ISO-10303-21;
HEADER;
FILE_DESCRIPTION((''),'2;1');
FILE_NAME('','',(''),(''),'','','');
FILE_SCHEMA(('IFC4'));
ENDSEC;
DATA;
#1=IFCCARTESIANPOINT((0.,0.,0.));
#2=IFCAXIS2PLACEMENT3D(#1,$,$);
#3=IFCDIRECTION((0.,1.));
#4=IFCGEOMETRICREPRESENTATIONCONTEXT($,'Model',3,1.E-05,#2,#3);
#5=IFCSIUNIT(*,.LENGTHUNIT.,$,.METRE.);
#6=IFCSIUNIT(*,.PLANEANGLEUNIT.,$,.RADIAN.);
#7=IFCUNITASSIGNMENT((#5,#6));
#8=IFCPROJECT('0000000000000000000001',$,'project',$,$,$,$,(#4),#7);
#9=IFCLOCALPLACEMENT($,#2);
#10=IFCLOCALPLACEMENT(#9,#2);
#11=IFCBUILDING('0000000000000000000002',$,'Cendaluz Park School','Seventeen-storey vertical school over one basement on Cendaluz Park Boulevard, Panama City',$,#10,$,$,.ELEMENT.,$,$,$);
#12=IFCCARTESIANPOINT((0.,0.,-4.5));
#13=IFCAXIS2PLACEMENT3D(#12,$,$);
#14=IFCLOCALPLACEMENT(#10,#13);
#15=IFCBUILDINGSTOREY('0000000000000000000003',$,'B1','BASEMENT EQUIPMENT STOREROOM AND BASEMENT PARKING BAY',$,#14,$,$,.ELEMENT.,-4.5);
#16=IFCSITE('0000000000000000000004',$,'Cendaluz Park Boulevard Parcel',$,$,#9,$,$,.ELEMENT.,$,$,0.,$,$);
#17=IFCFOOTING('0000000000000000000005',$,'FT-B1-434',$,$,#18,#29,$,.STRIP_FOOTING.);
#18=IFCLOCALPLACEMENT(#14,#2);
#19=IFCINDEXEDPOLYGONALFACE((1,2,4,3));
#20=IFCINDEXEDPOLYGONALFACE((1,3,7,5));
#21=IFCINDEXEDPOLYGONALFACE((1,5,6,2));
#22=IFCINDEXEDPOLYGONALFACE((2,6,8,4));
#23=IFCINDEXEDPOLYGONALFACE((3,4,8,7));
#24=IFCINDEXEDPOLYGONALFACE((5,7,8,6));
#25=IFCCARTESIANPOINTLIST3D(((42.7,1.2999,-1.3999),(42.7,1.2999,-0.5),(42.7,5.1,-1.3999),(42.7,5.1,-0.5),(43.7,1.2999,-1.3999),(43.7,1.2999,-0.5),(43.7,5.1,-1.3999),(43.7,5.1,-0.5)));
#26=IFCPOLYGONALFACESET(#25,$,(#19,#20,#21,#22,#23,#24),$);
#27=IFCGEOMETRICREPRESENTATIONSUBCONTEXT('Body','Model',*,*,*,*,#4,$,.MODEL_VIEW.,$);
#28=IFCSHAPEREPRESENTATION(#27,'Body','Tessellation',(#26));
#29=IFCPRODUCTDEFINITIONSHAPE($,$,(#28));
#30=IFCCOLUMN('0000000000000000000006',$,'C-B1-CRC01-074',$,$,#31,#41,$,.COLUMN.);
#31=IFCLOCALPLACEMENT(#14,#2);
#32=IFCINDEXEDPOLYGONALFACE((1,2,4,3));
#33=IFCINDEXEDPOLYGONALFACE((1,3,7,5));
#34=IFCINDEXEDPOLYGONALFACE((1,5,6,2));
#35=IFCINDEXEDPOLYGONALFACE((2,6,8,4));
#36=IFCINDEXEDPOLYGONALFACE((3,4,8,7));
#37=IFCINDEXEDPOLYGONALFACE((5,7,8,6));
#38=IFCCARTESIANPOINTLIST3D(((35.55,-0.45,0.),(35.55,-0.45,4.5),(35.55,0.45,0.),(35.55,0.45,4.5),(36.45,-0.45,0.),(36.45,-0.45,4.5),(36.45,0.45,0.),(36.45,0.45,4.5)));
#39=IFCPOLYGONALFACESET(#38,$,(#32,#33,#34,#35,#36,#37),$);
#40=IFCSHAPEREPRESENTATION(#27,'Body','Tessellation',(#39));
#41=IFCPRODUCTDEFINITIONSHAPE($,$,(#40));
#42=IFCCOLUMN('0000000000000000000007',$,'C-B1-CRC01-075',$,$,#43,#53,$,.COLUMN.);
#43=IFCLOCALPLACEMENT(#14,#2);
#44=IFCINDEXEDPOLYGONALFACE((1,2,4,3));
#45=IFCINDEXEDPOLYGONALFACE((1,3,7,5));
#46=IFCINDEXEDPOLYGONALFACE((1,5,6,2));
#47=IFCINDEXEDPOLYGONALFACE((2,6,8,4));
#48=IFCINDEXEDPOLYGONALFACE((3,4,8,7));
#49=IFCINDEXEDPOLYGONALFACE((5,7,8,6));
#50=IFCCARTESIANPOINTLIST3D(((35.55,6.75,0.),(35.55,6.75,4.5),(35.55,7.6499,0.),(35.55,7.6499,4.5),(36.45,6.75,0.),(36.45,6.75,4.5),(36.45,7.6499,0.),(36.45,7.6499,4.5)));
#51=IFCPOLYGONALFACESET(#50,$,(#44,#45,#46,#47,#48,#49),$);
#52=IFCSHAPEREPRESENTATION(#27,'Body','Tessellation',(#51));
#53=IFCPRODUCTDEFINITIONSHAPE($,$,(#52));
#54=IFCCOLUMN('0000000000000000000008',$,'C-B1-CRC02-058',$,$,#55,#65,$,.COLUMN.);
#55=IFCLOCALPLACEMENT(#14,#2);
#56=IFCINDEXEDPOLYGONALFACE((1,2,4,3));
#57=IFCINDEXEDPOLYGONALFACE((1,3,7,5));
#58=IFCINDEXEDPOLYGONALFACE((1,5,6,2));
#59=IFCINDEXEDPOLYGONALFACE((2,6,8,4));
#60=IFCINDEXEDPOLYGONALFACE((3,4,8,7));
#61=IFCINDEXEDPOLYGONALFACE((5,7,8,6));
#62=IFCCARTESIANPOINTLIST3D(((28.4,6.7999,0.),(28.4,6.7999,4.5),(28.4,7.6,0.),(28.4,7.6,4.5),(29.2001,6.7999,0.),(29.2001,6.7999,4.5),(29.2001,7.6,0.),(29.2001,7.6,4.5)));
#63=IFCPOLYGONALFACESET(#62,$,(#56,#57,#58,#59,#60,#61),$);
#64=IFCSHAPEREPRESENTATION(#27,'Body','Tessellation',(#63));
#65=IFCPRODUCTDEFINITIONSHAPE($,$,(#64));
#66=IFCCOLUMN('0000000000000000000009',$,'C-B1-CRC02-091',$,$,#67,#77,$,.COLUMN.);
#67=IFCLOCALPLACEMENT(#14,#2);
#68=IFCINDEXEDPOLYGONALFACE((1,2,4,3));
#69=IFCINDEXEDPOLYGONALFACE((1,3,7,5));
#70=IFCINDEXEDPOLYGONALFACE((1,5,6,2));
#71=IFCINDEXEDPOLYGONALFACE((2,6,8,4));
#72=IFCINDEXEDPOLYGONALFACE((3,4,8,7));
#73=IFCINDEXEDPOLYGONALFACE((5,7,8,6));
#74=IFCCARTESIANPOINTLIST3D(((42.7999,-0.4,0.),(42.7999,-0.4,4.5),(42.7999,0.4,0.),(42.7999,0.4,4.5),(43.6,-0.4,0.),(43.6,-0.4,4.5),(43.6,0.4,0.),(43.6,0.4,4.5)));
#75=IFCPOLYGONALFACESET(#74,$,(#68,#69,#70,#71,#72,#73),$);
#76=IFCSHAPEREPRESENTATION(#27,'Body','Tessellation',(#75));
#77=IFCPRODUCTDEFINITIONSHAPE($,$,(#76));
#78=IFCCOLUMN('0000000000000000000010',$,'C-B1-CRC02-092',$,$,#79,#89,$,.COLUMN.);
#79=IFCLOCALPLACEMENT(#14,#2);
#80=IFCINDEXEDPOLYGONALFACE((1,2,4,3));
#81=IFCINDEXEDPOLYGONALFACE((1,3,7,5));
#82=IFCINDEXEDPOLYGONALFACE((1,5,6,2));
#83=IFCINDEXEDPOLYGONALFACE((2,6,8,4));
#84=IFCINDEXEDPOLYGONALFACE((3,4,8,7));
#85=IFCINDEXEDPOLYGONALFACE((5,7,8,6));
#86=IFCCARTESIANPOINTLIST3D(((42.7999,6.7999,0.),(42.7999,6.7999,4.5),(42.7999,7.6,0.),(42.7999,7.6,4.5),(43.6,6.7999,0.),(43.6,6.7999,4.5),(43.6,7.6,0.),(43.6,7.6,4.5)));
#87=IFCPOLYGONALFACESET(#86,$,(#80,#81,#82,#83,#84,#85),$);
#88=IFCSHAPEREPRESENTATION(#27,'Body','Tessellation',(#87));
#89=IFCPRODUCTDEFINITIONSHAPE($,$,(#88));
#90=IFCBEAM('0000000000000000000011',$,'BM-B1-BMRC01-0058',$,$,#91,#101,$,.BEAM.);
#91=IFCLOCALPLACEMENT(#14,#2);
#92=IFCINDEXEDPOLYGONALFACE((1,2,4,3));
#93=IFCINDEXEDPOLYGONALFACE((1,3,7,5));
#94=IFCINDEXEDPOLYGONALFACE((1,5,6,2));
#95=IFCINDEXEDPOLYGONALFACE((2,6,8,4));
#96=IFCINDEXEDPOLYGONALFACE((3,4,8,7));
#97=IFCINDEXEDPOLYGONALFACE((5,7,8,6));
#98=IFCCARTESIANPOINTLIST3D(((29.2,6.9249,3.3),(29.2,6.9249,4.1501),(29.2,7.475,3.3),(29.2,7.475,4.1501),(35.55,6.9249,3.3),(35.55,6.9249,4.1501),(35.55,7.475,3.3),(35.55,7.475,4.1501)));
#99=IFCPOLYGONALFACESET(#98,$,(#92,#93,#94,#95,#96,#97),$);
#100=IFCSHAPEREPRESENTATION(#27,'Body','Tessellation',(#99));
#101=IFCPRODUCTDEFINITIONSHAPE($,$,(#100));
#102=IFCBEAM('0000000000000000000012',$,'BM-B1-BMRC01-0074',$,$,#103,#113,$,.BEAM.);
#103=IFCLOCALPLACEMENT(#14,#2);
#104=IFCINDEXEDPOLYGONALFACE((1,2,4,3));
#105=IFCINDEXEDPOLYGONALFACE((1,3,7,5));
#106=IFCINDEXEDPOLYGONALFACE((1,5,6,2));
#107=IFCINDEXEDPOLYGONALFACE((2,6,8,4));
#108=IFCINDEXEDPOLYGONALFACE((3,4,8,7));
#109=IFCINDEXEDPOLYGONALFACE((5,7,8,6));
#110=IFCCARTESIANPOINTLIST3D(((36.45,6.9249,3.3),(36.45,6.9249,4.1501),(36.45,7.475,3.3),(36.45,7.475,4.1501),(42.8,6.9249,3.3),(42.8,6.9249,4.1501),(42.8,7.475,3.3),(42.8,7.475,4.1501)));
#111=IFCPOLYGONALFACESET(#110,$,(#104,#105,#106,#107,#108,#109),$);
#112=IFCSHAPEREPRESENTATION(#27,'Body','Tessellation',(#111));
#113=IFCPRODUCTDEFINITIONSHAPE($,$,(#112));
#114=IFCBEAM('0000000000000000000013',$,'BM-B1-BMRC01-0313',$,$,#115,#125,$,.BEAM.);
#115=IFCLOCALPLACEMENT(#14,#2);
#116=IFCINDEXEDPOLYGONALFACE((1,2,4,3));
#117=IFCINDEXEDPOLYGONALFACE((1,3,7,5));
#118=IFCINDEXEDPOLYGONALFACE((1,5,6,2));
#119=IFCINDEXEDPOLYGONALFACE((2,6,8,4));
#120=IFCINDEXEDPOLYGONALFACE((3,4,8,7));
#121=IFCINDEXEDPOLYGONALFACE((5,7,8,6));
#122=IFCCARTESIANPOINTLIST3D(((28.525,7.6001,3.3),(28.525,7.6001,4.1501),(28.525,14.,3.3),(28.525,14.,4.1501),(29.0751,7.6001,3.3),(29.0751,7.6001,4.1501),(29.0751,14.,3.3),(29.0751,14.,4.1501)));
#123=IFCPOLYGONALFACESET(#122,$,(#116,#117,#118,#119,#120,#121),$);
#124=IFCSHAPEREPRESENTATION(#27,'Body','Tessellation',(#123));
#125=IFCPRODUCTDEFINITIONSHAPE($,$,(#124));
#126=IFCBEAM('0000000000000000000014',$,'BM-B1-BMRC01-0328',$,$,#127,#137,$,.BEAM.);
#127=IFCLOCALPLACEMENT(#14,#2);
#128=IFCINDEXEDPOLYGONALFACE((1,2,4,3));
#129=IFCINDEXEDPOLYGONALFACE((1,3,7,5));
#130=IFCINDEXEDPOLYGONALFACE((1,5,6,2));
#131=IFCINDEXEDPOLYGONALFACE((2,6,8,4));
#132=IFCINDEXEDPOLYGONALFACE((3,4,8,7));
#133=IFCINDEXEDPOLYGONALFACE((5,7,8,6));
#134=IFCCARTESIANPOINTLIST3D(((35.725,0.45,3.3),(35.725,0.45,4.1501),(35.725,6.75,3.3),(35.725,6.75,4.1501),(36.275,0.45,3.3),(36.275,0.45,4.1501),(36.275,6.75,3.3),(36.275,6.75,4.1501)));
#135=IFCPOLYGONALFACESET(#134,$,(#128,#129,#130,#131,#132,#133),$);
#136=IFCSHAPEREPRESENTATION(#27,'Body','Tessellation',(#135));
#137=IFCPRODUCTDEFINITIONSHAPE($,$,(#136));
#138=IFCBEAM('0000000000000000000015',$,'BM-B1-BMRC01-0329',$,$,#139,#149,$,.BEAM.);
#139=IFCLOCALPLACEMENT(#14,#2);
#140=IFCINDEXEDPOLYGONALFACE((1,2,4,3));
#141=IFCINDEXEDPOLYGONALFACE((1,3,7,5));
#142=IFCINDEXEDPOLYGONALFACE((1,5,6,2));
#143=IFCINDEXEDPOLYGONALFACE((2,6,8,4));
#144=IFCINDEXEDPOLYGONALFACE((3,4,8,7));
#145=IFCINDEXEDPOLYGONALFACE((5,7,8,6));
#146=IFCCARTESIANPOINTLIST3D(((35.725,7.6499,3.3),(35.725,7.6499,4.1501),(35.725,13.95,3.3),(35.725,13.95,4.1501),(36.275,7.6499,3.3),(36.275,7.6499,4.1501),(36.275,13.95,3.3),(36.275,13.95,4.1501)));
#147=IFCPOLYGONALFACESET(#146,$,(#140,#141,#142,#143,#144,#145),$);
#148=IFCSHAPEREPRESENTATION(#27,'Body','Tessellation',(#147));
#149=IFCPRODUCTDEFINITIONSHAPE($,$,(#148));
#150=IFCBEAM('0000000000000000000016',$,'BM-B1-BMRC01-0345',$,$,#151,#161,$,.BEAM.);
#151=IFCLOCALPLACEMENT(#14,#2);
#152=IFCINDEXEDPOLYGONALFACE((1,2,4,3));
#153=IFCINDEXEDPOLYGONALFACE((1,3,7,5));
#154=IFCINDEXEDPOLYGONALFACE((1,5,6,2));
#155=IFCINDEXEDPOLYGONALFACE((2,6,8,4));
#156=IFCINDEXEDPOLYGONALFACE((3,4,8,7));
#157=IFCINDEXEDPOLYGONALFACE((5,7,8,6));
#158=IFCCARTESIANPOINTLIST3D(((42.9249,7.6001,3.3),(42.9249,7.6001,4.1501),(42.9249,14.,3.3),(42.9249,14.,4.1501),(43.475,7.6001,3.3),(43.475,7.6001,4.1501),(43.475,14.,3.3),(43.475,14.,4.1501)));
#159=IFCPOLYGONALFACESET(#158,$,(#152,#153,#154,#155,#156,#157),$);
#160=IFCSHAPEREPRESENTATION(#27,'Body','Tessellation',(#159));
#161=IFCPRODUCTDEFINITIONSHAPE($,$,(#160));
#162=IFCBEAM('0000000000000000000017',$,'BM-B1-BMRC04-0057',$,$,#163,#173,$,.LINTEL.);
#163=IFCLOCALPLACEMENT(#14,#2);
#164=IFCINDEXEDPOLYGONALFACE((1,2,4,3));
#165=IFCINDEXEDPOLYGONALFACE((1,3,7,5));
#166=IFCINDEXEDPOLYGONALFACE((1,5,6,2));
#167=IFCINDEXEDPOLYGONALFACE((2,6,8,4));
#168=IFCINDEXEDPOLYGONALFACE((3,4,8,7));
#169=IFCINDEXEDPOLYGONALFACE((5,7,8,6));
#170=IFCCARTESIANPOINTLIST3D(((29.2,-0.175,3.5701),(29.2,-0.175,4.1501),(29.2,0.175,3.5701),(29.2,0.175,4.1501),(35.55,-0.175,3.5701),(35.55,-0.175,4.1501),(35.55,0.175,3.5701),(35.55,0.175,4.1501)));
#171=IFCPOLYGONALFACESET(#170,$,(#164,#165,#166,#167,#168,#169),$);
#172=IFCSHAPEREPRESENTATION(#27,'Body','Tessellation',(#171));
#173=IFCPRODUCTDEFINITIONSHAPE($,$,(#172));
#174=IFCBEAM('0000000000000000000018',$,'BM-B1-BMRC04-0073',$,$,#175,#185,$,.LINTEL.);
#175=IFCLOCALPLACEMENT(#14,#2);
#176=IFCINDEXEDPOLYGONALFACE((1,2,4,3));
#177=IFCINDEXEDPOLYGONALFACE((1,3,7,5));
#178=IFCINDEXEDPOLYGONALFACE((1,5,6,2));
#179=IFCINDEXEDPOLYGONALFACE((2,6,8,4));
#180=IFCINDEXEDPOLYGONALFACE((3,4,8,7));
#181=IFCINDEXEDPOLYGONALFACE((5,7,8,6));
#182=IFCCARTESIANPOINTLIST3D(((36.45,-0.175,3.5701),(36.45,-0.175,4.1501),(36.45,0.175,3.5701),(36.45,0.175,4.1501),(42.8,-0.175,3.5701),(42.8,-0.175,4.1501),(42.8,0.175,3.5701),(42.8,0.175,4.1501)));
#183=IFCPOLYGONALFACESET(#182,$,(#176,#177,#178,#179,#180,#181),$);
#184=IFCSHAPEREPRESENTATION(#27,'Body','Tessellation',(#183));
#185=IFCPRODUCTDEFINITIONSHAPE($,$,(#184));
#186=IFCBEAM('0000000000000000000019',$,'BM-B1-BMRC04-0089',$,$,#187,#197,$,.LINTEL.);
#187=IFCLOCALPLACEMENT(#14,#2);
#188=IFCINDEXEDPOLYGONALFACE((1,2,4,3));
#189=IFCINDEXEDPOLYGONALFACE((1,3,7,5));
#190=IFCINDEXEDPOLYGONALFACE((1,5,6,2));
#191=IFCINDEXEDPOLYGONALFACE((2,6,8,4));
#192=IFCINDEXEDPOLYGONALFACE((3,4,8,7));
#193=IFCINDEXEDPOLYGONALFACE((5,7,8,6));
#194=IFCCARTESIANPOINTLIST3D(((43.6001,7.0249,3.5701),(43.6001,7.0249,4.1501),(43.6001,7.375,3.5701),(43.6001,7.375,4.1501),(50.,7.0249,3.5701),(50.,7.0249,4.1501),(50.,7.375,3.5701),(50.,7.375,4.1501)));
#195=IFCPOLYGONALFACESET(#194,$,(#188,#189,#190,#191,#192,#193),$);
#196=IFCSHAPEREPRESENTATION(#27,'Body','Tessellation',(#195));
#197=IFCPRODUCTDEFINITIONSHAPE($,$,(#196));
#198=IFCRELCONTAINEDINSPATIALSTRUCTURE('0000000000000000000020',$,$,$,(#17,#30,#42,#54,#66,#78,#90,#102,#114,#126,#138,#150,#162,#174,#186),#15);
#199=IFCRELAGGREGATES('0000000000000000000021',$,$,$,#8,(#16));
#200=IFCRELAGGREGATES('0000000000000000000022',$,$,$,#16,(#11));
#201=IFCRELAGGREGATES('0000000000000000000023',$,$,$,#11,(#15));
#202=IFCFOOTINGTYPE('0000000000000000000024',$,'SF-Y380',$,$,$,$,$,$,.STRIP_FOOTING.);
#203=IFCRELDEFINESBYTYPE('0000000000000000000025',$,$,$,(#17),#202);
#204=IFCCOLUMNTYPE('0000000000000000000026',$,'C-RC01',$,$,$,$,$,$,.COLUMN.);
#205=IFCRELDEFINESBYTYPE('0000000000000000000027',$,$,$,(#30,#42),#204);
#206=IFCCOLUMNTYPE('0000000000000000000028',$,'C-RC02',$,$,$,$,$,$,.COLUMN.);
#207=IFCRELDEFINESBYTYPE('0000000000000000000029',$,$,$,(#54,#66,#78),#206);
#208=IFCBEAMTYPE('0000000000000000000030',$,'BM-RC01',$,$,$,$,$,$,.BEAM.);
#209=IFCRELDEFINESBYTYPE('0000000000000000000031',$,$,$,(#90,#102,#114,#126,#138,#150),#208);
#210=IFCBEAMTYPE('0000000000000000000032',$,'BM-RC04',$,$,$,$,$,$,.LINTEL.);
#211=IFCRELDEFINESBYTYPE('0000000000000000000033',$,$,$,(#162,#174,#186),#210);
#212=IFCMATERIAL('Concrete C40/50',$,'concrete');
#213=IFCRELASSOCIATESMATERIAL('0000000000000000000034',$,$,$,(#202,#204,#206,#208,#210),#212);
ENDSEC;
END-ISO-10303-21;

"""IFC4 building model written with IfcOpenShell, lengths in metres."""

from ifc_helpers import new_model, si_unit, direction, frame, origin, origin_2d, place, context, subcontext, project, spatial, rectangle, extrude, material, material_profile, profile_set, type_object, element, save


model = new_model("IFC4")

# Units and contexts
model_context = context("Model", 3, precision=1e-05, world=origin(), true_north=direction((0.0, 1.0)))
body_context = subcontext(model_context, "Body", "Model", "MODEL_VIEW")
ifc_project = project(units=[si_unit("LENGTHUNIT", "METRE"), si_unit("PLANEANGLEUNIT", "RADIAN")], contexts=[model_context])

# Site, building, storey
site_placement = place(None, origin())
site = spatial("IfcSite", under=ifc_project, at=site_placement, Name="Cendaluz Park Boulevard Parcel", CompositionType="ELEMENT", RefElevation=0.0)
building_placement = place(site_placement, origin())
building = spatial("IfcBuilding", under=site, at=building_placement, Name="Cendaluz Park School", Description="Seventeen-storey vertical school over one basement on Cendaluz Park Boulevard, Panama City", CompositionType="ELEMENT")
storey_placement = place(building_placement, frame((0.0, 0.0, -4.5)))
storey = spatial("IfcBuildingStorey", under=building, at=storey_placement, Name="B1", Description="BASEMENT EQUIPMENT STOREROOM AND BASEMENT PARKING BAY", CompositionType="ELEMENT", Elevation=-4.5)

# Shared definitions
ifc_material_1 = material(Name="Concrete C40/50", Category="concrete")

# Footing
footing_type_1 = type_object("IfcFootingType", Name="SF-Y380", PredefinedType="STRIP_FOOTING", material=ifc_material_1)
footing_1_placement = place(storey_placement, frame((43.2, 3.2, -1.3999), z_axis=(0.0, 0.0, 1.0), x_axis=(1.0, 0.0, 0.0)))
element("IfcFooting", 1, at=footing_1_placement, inside=storey, type_object=footing_type_1, Name="FT-B1-434", PredefinedType="STRIP_FOOTING", context=body_context, shape_type="SweptSolid", body=[
    extrude(rectangle(XDim=1.0, YDim=3.8, at=origin_2d()), origin(), (0.0, 0.0, 1.0), 0.8999),
])

# Columns
ifc_material_profile_1 = material_profile(ifc_material_1, rectangle(XDim=0.8999, YDim=0.8999, at=origin_2d()), Name="RC 900x900", Category="concrete")
ifc_profile_set_1 = profile_set([ifc_material_profile_1], Name="Concrete C40/50")
column_type_1 = type_object("IfcColumnType", Name="C-RC01", PredefinedType="COLUMN", material=ifc_profile_set_1)
for number, where, z_axis, x_axis, name in (
    (2, (36.0, 0.0, 0.0), (0.0, 0.0, 1.0), (1.0, 0.0, 0.0), "C-B1-CRC01-074"),
    (3, (36.0, 7.2, 0.0), (0.0, 0.0, 1.0), (1.0, 0.0, 0.0), "C-B1-CRC01-075"),
):
    element("IfcColumn", number, at=place(storey_placement, frame(where, z_axis=z_axis, x_axis=x_axis)), inside=storey, type_object=column_type_1, Name=name, PredefinedType="COLUMN", context=body_context, shape_type="SweptSolid", body=[
        extrude(rectangle(XDim=0.8999, YDim=0.8999, at=origin_2d()), origin(), (0.0, 0.0, 1.0), 4.5),
    ])
ifc_material_profile_2 = material_profile(ifc_material_1, rectangle(XDim=0.8, YDim=0.8, at=origin_2d()), Name="RC 800x800", Category="concrete")
ifc_profile_set_2 = profile_set([ifc_material_profile_2], Name="Concrete C40/50")
column_type_2 = type_object("IfcColumnType", Name="C-RC02", PredefinedType="COLUMN", material=ifc_profile_set_2)
for number, where, z_axis, x_axis, name in (
    (4, (28.8, 7.2, 0.0), (0.0, 0.0, 1.0), (1.0, 0.0, 0.0), "C-B1-CRC02-058"),
    (5, (43.2, 0.0, 0.0), (0.0, 0.0, 1.0), (1.0, 0.0, 0.0), "C-B1-CRC02-091"),
    (6, (43.2, 7.2, 0.0), (0.0, 0.0, 1.0), (1.0, 0.0, 0.0), "C-B1-CRC02-092"),
):
    element("IfcColumn", number, at=place(storey_placement, frame(where, z_axis=z_axis, x_axis=x_axis)), inside=storey, type_object=column_type_2, Name=name, PredefinedType="COLUMN", context=body_context, shape_type="SweptSolid", body=[
        extrude(rectangle(XDim=0.8, YDim=0.8, at=origin_2d()), origin(), (0.0, 0.0, 1.0), 4.5),
    ])

# Beams
ifc_material_profile_3 = material_profile(ifc_material_1, rectangle(XDim=0.55, YDim=0.8501, at=origin_2d()), Name="RC 550x850", Category="concrete")
ifc_profile_set_3 = profile_set([ifc_material_profile_3], Name="Concrete C40/50")
beam_type_1 = type_object("IfcBeamType", Name="BM-RC01", PredefinedType="BEAM", material=ifc_profile_set_3)
for number, where, z_axis, x_axis, name in (
    (7, (29.2, 7.2, 3.7251), (1.0, 0.0, 0.0), (0.0, 1.0, 0.0), "BM-B1-BMRC01-0058"),
    (8, (36.45, 7.2, 3.7251), (1.0, 0.0, 0.0), (0.0, 1.0, 0.0), "BM-B1-BMRC01-0074"),
):
    element("IfcBeam", number, at=place(storey_placement, frame(where, z_axis=z_axis, x_axis=x_axis)), inside=storey, type_object=beam_type_1, Name=name, PredefinedType="BEAM", context=body_context, shape_type="SweptSolid", body=[
        extrude(rectangle(XDim=0.55, YDim=0.8501, at=origin_2d()), origin(), (0.0, 0.0, 1.0), 6.3501),
    ])
beam_1_placement = place(storey_placement, frame((28.8, 7.6001, 3.7251), z_axis=(0.0, 1.0, 0.0), x_axis=(-1.0, 0.0, 0.0)))
element("IfcBeam", 9, at=beam_1_placement, inside=storey, type_object=beam_type_1, Name="BM-B1-BMRC01-0313", PredefinedType="BEAM", context=body_context, shape_type="SweptSolid", body=[
    extrude(rectangle(XDim=0.55, YDim=0.8501, at=origin_2d()), origin(), (0.0, 0.0, 1.0), 6.3999),
])
for number, where, z_axis, x_axis, name in (
    (10, (36.0, 0.45, 3.7251), (0.0, 1.0, 0.0), (-1.0, 0.0, 0.0), "BM-B1-BMRC01-0328"),
    (11, (36.0, 7.6499, 3.7251), (0.0, 1.0, 0.0), (-1.0, 0.0, 0.0), "BM-B1-BMRC01-0329"),
):
    element("IfcBeam", number, at=place(storey_placement, frame(where, z_axis=z_axis, x_axis=x_axis)), inside=storey, type_object=beam_type_1, Name=name, PredefinedType="BEAM", context=body_context, shape_type="SweptSolid", body=[
        extrude(rectangle(XDim=0.55, YDim=0.8501, at=origin_2d()), origin(), (0.0, 0.0, 1.0), 6.3),
    ])
beam_2_placement = place(storey_placement, frame((43.2, 7.6001, 3.7251), z_axis=(0.0, 1.0, 0.0), x_axis=(-1.0, 0.0, 0.0)))
element("IfcBeam", 12, at=beam_2_placement, inside=storey, type_object=beam_type_1, Name="BM-B1-BMRC01-0345", PredefinedType="BEAM", context=body_context, shape_type="SweptSolid", body=[
    extrude(rectangle(XDim=0.55, YDim=0.8501, at=origin_2d()), origin(), (0.0, 0.0, 1.0), 6.3999),
])
ifc_material_profile_4 = material_profile(ifc_material_1, rectangle(XDim=0.3501, YDim=0.5801, at=origin_2d()), Name="RC 350x580", Category="concrete")
ifc_profile_set_4 = profile_set([ifc_material_profile_4], Name="Concrete C40/50")
beam_type_2 = type_object("IfcBeamType", Name="BM-RC04", PredefinedType="LINTEL", material=ifc_profile_set_4)
for number, where, z_axis, x_axis, name in (
    (13, (29.2, 0.0, 3.8601), (1.0, 0.0, 0.0), (0.0, 1.0, 0.0), "BM-B1-BMRC04-0057"),
    (14, (36.45, 0.0, 3.8601), (1.0, 0.0, 0.0), (0.0, 1.0, 0.0), "BM-B1-BMRC04-0073"),
):
    element("IfcBeam", number, at=place(storey_placement, frame(where, z_axis=z_axis, x_axis=x_axis)), inside=storey, type_object=beam_type_2, Name=name, PredefinedType="LINTEL", context=body_context, shape_type="SweptSolid", body=[
        extrude(rectangle(XDim=0.3501, YDim=0.5801, at=origin_2d()), origin(), (0.0, 0.0, 1.0), 6.3501),
    ])
beam_3_placement = place(storey_placement, frame((43.6001, 7.2, 3.8601), z_axis=(1.0, 0.0, 0.0), x_axis=(0.0, 1.0, 0.0)))
element("IfcBeam", 15, at=beam_3_placement, inside=storey, type_object=beam_type_2, Name="BM-B1-BMRC04-0089", PredefinedType="LINTEL", context=body_context, shape_type="SweptSolid", body=[
    extrude(rectangle(XDim=0.3501, YDim=0.5801, at=origin_2d()), origin(), (0.0, 0.0, 1.0), 6.3999),
])

save(model, "model.ifc")
